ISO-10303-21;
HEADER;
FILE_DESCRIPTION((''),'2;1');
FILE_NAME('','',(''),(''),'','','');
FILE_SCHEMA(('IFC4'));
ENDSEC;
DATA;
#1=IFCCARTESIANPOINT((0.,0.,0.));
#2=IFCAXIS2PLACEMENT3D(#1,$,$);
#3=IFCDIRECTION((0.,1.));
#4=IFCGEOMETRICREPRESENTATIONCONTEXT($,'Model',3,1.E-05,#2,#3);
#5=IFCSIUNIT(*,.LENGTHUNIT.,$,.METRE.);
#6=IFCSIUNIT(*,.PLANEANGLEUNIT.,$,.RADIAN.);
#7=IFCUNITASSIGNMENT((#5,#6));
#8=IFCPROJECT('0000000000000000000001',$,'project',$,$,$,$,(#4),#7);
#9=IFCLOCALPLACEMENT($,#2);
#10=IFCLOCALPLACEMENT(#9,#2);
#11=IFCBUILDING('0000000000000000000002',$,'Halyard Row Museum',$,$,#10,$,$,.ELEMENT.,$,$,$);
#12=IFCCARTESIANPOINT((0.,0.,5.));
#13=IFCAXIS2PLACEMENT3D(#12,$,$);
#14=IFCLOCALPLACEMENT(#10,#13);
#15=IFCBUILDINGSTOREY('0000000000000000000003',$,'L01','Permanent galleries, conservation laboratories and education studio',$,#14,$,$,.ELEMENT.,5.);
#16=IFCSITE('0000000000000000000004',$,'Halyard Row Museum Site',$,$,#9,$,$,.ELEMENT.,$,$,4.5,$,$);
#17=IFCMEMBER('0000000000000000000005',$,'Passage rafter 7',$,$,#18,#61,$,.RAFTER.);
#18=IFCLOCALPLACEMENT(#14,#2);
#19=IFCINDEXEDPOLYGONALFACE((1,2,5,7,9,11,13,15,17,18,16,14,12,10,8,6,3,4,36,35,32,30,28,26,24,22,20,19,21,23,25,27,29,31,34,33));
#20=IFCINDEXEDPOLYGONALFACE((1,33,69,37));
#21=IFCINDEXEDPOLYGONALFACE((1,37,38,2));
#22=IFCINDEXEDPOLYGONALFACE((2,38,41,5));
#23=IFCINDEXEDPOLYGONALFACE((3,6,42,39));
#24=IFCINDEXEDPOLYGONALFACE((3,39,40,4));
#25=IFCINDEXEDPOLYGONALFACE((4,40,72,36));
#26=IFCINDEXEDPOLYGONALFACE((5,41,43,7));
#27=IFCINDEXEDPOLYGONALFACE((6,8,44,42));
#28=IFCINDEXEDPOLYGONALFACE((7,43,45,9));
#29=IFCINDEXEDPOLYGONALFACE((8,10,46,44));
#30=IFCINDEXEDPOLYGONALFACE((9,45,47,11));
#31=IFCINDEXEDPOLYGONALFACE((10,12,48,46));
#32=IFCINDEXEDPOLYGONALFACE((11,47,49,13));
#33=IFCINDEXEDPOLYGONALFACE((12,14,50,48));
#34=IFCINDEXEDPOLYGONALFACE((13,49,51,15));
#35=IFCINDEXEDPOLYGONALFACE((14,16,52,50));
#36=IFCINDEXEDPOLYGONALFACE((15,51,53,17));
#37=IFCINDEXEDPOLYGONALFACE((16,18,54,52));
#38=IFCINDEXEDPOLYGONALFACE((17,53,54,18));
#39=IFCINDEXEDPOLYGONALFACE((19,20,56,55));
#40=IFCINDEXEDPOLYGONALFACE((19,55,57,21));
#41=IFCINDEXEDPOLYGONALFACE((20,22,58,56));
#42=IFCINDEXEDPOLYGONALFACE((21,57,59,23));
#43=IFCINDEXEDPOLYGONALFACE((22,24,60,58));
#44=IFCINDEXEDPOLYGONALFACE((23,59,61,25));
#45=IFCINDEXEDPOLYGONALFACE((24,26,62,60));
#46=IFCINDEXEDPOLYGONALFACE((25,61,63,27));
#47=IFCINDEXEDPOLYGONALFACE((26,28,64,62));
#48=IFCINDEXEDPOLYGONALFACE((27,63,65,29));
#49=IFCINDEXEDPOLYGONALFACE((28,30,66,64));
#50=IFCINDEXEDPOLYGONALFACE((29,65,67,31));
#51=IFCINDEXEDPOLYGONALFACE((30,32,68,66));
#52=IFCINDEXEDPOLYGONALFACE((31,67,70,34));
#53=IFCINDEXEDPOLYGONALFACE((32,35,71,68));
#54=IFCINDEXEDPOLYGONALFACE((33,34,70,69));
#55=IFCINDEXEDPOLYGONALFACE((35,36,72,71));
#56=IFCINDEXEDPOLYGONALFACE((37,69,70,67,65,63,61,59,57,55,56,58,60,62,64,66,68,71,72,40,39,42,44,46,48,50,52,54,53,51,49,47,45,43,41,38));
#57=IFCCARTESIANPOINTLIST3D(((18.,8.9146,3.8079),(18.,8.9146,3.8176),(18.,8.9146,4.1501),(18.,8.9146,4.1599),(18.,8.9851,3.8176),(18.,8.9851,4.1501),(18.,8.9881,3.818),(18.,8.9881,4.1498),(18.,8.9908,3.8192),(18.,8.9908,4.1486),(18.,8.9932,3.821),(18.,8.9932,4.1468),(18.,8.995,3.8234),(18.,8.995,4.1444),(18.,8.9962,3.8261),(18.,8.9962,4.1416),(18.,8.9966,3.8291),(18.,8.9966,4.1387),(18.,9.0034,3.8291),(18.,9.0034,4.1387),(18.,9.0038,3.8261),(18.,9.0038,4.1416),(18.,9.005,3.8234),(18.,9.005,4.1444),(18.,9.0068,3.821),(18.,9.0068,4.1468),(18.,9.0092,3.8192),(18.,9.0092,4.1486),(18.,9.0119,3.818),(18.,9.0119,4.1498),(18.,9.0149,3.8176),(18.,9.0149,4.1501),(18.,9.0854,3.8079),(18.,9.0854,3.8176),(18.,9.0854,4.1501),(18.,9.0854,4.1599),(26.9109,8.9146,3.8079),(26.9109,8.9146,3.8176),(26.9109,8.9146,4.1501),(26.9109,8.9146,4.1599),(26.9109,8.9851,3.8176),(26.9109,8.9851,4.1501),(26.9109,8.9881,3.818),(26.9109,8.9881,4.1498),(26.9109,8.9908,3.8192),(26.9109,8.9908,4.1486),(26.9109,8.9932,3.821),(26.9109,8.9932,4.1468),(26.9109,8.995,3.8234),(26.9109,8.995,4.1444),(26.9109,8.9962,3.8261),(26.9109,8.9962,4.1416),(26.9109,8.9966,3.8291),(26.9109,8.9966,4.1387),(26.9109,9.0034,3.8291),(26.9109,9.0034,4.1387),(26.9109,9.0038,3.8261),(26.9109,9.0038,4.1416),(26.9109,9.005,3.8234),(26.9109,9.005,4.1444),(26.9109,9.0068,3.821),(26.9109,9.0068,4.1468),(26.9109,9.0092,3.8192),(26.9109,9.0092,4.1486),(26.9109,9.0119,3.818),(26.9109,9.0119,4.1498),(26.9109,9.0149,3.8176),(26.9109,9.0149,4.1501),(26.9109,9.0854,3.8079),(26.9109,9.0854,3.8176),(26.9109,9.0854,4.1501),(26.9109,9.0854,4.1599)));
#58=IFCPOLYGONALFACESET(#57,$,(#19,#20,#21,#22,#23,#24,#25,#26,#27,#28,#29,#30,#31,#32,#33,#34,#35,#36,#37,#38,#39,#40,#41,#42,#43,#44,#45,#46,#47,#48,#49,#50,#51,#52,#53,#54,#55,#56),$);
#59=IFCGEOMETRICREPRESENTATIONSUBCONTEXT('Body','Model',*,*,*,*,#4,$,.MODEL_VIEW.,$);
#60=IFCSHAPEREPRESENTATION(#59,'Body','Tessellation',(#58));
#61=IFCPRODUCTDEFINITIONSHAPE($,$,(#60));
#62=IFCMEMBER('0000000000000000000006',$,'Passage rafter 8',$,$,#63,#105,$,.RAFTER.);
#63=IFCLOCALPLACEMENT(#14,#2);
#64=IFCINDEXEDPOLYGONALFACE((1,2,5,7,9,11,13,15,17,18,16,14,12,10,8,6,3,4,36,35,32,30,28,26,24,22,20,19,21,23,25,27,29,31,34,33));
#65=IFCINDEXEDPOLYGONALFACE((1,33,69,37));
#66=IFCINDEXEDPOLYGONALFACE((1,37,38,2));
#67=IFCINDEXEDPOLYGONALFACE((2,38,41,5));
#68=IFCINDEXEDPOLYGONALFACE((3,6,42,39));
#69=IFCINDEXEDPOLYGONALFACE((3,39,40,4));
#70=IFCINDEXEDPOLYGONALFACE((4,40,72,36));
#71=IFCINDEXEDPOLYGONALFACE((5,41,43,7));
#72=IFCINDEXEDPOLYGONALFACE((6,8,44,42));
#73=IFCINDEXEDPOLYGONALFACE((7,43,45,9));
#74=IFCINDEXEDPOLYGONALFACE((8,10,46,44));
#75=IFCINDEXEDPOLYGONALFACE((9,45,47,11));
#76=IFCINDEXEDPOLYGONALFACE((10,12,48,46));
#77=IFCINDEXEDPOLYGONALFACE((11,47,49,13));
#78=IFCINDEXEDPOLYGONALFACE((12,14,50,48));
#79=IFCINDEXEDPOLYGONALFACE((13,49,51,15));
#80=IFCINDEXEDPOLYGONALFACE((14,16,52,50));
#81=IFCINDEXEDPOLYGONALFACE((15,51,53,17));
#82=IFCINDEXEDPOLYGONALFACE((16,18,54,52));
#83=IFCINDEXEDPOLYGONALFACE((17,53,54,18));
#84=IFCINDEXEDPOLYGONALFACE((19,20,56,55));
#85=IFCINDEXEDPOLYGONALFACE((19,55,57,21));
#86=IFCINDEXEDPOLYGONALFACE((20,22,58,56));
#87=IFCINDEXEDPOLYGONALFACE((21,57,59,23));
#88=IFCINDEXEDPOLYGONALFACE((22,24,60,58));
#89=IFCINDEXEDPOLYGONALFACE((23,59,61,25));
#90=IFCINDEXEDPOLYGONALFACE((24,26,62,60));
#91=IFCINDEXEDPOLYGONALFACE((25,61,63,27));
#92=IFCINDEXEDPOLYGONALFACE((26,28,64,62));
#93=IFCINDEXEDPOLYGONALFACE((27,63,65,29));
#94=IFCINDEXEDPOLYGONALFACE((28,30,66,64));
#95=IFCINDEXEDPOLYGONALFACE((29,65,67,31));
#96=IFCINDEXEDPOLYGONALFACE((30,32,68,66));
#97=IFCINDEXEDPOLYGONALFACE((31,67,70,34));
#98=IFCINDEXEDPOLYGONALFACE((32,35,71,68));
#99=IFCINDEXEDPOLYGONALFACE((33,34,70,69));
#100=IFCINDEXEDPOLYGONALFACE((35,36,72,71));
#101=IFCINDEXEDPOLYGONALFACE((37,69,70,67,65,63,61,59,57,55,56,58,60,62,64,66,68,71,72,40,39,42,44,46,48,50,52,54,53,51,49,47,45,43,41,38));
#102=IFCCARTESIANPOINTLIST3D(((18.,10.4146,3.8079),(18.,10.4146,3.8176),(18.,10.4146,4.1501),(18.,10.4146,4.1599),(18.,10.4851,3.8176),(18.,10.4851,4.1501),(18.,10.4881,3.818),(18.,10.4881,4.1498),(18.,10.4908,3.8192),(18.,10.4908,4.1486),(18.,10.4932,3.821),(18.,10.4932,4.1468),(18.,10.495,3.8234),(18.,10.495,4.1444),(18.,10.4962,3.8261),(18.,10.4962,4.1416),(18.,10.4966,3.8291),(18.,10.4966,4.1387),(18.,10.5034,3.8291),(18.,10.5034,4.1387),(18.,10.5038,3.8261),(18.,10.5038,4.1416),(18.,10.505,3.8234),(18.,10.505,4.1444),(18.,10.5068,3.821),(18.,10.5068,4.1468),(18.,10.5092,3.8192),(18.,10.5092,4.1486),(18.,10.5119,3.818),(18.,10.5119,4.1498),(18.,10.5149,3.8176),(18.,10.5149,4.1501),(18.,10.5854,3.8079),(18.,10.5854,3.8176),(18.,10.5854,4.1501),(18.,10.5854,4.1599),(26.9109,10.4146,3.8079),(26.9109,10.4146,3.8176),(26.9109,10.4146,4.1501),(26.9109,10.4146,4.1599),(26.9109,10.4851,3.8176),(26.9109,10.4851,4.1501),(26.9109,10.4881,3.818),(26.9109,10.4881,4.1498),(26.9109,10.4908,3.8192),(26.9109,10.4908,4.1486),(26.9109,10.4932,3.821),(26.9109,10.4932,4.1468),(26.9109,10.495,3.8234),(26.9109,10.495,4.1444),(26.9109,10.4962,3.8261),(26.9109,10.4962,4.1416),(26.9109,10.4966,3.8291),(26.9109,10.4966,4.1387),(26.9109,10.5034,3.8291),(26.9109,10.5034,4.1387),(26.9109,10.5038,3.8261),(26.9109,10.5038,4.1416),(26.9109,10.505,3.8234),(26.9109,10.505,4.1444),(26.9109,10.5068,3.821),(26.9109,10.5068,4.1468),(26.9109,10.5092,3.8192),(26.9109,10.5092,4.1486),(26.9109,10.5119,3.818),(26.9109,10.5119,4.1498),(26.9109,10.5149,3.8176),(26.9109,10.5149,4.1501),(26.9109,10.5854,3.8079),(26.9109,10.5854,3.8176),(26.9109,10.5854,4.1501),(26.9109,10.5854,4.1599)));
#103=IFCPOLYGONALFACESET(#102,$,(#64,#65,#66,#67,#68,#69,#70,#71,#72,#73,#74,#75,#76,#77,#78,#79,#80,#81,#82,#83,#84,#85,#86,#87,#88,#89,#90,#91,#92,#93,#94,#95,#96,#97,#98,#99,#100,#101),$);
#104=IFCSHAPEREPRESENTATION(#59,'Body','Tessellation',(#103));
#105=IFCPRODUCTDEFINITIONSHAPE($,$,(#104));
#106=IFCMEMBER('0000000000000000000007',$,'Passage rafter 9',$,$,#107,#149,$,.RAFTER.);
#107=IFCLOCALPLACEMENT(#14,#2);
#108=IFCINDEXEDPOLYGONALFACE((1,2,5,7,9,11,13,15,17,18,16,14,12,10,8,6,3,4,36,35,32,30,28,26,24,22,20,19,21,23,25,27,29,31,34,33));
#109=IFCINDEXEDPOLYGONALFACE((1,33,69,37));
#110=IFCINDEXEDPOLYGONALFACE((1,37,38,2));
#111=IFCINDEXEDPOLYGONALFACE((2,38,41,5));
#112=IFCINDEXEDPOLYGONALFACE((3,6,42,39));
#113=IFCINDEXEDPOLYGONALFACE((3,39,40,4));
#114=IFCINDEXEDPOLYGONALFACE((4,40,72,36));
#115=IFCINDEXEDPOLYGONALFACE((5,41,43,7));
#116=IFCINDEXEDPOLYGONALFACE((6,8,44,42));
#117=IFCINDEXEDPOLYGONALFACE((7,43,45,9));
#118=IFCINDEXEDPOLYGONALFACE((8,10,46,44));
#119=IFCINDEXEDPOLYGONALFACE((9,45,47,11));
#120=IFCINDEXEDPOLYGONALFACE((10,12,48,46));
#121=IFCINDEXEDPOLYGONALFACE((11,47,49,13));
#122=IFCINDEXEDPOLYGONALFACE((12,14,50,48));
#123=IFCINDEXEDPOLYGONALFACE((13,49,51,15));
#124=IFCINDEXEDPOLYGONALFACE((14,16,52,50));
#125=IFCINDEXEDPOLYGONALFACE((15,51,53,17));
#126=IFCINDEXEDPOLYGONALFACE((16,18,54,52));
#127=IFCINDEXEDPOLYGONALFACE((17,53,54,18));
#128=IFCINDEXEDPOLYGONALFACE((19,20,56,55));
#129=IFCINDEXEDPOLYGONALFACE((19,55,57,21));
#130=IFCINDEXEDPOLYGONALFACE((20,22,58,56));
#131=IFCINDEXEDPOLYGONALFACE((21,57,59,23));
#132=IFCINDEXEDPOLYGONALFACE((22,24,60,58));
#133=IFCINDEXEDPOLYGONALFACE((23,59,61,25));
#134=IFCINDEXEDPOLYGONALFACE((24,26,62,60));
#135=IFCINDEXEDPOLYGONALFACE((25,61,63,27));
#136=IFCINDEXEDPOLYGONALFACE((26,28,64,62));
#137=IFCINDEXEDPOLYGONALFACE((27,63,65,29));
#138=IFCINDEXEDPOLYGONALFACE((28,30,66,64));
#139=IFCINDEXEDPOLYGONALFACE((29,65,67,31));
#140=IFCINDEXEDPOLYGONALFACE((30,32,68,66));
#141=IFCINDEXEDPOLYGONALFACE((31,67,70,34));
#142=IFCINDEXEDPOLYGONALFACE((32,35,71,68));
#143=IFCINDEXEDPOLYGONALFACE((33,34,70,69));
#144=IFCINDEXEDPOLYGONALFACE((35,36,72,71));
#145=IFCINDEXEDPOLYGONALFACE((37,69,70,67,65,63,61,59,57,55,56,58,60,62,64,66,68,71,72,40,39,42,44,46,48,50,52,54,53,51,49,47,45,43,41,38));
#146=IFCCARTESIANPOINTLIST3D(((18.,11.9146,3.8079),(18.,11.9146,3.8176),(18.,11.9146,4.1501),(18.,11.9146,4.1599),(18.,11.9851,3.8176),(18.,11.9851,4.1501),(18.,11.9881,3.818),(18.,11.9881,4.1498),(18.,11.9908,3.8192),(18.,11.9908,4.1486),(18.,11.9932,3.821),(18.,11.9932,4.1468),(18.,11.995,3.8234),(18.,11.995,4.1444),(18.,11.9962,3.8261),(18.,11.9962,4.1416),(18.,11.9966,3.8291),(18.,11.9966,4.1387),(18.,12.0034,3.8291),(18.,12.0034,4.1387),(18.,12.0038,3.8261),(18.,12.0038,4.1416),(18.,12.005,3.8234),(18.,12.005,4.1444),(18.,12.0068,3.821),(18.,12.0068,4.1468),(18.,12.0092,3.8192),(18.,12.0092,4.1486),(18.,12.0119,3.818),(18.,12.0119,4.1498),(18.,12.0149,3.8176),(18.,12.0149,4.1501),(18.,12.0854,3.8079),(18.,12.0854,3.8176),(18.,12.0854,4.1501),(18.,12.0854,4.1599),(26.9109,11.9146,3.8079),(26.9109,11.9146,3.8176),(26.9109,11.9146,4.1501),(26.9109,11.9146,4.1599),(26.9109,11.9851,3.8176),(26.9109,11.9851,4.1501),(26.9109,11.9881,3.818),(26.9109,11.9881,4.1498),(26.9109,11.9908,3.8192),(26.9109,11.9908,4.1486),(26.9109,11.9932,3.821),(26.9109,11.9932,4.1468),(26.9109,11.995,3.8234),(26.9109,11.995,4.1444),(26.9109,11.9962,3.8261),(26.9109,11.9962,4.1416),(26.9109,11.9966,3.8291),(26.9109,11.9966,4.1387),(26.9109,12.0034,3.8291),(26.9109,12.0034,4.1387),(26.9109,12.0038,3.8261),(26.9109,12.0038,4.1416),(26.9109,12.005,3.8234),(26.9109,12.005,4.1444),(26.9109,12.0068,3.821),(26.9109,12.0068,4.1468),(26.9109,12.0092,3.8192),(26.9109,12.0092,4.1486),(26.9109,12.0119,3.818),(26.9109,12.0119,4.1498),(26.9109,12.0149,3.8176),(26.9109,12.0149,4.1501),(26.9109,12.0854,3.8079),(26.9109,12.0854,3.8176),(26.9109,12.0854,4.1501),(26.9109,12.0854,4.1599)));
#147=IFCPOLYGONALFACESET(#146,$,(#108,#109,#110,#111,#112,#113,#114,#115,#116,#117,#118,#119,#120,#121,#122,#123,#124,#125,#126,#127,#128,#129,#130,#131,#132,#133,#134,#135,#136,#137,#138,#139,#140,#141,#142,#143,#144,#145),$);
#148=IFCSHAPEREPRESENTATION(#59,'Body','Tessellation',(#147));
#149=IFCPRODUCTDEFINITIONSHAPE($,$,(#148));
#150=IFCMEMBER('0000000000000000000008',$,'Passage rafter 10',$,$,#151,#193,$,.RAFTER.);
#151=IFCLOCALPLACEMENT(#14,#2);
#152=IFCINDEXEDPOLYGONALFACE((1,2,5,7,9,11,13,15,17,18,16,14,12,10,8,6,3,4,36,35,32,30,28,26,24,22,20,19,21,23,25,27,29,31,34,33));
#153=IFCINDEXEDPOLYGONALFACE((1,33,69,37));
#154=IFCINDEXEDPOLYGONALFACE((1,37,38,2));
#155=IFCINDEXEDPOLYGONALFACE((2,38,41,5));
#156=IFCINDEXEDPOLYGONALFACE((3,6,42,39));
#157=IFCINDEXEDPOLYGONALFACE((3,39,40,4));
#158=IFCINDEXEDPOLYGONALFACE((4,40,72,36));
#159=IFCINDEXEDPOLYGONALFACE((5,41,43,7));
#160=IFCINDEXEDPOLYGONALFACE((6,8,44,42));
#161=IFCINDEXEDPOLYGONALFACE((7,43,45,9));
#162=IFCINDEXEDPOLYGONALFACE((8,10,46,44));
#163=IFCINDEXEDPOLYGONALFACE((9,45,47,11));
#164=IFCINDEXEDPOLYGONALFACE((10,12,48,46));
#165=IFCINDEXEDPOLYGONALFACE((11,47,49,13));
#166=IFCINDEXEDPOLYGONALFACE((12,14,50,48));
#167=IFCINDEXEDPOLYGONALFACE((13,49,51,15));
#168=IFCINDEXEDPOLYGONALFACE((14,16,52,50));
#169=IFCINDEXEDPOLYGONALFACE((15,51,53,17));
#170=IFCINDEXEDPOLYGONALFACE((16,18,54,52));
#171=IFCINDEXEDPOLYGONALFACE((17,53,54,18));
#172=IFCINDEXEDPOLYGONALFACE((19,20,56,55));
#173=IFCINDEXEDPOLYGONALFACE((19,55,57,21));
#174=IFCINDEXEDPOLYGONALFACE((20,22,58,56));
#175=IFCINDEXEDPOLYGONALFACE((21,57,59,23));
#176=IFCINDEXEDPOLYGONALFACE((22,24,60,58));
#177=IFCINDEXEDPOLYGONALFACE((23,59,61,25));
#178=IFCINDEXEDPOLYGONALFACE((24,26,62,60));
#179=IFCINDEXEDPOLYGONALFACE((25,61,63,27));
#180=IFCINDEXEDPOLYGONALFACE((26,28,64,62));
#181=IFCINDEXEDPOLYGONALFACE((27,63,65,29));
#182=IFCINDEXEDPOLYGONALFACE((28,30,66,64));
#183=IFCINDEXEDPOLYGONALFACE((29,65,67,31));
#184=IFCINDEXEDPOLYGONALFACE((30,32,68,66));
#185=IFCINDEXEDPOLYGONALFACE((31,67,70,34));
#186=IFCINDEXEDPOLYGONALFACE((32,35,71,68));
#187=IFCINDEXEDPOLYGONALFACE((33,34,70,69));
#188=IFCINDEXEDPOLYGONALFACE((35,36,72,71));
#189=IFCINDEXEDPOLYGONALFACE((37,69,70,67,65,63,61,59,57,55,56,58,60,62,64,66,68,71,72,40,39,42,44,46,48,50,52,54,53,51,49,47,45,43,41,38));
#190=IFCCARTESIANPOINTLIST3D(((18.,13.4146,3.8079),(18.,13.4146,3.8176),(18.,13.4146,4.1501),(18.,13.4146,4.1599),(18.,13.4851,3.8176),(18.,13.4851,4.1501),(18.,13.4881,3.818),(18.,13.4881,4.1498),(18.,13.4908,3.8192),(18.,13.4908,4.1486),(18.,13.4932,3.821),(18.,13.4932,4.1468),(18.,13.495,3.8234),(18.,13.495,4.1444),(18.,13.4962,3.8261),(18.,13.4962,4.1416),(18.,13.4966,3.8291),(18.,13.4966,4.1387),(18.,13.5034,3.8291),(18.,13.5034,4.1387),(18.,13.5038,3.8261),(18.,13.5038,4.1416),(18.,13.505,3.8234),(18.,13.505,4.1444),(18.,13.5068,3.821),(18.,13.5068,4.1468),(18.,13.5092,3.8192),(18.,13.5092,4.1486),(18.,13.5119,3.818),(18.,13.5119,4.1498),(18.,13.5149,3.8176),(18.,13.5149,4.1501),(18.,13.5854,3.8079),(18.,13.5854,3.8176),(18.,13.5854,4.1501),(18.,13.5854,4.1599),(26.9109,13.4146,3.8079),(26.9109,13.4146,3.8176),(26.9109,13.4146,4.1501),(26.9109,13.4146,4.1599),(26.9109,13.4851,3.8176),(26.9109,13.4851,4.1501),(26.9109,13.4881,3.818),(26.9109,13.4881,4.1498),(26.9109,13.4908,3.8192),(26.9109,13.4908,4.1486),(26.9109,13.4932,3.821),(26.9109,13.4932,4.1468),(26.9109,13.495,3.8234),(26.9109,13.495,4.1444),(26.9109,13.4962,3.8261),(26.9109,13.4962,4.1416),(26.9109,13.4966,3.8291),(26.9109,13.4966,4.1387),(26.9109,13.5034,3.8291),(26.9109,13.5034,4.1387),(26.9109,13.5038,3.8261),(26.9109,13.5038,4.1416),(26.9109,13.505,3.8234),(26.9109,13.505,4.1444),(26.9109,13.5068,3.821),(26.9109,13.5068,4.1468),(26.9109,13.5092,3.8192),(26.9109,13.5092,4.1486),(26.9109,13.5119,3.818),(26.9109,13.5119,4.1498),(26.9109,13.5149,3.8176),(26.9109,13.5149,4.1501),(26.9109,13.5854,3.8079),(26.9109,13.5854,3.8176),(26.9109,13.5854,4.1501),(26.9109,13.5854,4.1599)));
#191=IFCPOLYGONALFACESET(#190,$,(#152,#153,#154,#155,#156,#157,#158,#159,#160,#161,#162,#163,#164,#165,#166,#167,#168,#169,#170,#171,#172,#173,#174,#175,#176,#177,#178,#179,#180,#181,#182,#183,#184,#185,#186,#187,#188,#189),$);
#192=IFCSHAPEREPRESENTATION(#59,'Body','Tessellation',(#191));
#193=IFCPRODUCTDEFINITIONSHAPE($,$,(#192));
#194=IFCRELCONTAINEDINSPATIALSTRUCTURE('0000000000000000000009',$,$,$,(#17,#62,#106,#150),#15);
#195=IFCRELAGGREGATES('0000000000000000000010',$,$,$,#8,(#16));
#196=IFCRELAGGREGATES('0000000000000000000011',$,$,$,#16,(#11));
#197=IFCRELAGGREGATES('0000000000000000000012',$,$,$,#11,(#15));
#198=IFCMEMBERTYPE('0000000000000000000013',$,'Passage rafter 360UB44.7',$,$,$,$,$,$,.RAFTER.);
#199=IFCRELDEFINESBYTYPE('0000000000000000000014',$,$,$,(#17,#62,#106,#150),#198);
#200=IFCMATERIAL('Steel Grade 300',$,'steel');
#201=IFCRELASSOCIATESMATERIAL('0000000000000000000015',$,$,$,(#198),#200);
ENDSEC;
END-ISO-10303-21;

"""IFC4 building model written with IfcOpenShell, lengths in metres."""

from ifc_helpers import new_model, si_unit, direction, frame, origin, origin_2d, place, context, subcontext, project, spatial, i_section, extrude, material, material_profile, profile_set, type_object, element, save


model = new_model("IFC4")

# Units and contexts
model_context = context("Model", 3, precision=1e-05, world=origin(), true_north=direction((0.0, 1.0)))
body_context = subcontext(model_context, "Body", "Model", "MODEL_VIEW")
ifc_project = project(units=[si_unit("LENGTHUNIT", "METRE"), si_unit("PLANEANGLEUNIT", "RADIAN")], contexts=[model_context])

# Site, building, storey
site_placement = place(None, origin())
site = spatial("IfcSite", under=ifc_project, at=site_placement, Name="Halyard Row Museum Site", CompositionType="ELEMENT", RefElevation=4.5)
building_placement = place(site_placement, origin())
building = spatial("IfcBuilding", under=site, at=building_placement, Name="Halyard Row Museum", CompositionType="ELEMENT")
storey_placement = place(building_placement, frame((0.0, 0.0, 5.0)))
storey = spatial("IfcBuildingStorey", under=building, at=storey_placement, Name="L01", Description="Permanent galleries, conservation laboratories and education studio", CompositionType="ELEMENT", Elevation=5.0)

# Members
ifc_material_1 = material(Name="Steel Grade 300", Category="steel")
ifc_material_profile_1 = material_profile(ifc_material_1, i_section(OverallWidth=0.1709, OverallDepth=0.3521, WebThickness=0.0068, FlangeThickness=0.0098, FilletRadius=0.0115, at=origin_2d()), Name="360UB44.7")
ifc_profile_set_1 = profile_set([ifc_material_profile_1], Name="Steel Grade 300")
member_type_1 = type_object("IfcMemberType", Name="Passage rafter 360UB44.7", PredefinedType="RAFTER", material=ifc_profile_set_1)
for number, where, z_axis, x_axis, name in (
    (1, (18.0, 9.0, 3.9839), (1.0, 0.0, 0.0), (0.0, 1.0, 0.0), "Passage rafter 7"),
    (2, (18.0, 10.5, 3.9839), (1.0, 0.0, 0.0), (0.0, 1.0, 0.0), "Passage rafter 8"),
    (3, (18.0, 12.0, 3.9839), (1.0, 0.0, 0.0), (0.0, 1.0, 0.0), "Passage rafter 9"),
    (4, (18.0, 13.5, 3.9839), (1.0, 0.0, 0.0), (0.0, 1.0, 0.0), "Passage rafter 10"),
):
    element("IfcMember", number, at=place(storey_placement, frame(where, z_axis=z_axis, x_axis=x_axis)), inside=storey, type_object=member_type_1, Name=name, PredefinedType="RAFTER", context=body_context, shape_type="SweptSolid", body=[
        extrude(i_section(OverallWidth=0.1709, OverallDepth=0.3521, WebThickness=0.0068, FlangeThickness=0.0098, FilletRadius=0.0115, at=origin_2d()), origin(), (0.0, 0.0, 1.0), 8.9109),
    ])

save(model, "model.ifc")
